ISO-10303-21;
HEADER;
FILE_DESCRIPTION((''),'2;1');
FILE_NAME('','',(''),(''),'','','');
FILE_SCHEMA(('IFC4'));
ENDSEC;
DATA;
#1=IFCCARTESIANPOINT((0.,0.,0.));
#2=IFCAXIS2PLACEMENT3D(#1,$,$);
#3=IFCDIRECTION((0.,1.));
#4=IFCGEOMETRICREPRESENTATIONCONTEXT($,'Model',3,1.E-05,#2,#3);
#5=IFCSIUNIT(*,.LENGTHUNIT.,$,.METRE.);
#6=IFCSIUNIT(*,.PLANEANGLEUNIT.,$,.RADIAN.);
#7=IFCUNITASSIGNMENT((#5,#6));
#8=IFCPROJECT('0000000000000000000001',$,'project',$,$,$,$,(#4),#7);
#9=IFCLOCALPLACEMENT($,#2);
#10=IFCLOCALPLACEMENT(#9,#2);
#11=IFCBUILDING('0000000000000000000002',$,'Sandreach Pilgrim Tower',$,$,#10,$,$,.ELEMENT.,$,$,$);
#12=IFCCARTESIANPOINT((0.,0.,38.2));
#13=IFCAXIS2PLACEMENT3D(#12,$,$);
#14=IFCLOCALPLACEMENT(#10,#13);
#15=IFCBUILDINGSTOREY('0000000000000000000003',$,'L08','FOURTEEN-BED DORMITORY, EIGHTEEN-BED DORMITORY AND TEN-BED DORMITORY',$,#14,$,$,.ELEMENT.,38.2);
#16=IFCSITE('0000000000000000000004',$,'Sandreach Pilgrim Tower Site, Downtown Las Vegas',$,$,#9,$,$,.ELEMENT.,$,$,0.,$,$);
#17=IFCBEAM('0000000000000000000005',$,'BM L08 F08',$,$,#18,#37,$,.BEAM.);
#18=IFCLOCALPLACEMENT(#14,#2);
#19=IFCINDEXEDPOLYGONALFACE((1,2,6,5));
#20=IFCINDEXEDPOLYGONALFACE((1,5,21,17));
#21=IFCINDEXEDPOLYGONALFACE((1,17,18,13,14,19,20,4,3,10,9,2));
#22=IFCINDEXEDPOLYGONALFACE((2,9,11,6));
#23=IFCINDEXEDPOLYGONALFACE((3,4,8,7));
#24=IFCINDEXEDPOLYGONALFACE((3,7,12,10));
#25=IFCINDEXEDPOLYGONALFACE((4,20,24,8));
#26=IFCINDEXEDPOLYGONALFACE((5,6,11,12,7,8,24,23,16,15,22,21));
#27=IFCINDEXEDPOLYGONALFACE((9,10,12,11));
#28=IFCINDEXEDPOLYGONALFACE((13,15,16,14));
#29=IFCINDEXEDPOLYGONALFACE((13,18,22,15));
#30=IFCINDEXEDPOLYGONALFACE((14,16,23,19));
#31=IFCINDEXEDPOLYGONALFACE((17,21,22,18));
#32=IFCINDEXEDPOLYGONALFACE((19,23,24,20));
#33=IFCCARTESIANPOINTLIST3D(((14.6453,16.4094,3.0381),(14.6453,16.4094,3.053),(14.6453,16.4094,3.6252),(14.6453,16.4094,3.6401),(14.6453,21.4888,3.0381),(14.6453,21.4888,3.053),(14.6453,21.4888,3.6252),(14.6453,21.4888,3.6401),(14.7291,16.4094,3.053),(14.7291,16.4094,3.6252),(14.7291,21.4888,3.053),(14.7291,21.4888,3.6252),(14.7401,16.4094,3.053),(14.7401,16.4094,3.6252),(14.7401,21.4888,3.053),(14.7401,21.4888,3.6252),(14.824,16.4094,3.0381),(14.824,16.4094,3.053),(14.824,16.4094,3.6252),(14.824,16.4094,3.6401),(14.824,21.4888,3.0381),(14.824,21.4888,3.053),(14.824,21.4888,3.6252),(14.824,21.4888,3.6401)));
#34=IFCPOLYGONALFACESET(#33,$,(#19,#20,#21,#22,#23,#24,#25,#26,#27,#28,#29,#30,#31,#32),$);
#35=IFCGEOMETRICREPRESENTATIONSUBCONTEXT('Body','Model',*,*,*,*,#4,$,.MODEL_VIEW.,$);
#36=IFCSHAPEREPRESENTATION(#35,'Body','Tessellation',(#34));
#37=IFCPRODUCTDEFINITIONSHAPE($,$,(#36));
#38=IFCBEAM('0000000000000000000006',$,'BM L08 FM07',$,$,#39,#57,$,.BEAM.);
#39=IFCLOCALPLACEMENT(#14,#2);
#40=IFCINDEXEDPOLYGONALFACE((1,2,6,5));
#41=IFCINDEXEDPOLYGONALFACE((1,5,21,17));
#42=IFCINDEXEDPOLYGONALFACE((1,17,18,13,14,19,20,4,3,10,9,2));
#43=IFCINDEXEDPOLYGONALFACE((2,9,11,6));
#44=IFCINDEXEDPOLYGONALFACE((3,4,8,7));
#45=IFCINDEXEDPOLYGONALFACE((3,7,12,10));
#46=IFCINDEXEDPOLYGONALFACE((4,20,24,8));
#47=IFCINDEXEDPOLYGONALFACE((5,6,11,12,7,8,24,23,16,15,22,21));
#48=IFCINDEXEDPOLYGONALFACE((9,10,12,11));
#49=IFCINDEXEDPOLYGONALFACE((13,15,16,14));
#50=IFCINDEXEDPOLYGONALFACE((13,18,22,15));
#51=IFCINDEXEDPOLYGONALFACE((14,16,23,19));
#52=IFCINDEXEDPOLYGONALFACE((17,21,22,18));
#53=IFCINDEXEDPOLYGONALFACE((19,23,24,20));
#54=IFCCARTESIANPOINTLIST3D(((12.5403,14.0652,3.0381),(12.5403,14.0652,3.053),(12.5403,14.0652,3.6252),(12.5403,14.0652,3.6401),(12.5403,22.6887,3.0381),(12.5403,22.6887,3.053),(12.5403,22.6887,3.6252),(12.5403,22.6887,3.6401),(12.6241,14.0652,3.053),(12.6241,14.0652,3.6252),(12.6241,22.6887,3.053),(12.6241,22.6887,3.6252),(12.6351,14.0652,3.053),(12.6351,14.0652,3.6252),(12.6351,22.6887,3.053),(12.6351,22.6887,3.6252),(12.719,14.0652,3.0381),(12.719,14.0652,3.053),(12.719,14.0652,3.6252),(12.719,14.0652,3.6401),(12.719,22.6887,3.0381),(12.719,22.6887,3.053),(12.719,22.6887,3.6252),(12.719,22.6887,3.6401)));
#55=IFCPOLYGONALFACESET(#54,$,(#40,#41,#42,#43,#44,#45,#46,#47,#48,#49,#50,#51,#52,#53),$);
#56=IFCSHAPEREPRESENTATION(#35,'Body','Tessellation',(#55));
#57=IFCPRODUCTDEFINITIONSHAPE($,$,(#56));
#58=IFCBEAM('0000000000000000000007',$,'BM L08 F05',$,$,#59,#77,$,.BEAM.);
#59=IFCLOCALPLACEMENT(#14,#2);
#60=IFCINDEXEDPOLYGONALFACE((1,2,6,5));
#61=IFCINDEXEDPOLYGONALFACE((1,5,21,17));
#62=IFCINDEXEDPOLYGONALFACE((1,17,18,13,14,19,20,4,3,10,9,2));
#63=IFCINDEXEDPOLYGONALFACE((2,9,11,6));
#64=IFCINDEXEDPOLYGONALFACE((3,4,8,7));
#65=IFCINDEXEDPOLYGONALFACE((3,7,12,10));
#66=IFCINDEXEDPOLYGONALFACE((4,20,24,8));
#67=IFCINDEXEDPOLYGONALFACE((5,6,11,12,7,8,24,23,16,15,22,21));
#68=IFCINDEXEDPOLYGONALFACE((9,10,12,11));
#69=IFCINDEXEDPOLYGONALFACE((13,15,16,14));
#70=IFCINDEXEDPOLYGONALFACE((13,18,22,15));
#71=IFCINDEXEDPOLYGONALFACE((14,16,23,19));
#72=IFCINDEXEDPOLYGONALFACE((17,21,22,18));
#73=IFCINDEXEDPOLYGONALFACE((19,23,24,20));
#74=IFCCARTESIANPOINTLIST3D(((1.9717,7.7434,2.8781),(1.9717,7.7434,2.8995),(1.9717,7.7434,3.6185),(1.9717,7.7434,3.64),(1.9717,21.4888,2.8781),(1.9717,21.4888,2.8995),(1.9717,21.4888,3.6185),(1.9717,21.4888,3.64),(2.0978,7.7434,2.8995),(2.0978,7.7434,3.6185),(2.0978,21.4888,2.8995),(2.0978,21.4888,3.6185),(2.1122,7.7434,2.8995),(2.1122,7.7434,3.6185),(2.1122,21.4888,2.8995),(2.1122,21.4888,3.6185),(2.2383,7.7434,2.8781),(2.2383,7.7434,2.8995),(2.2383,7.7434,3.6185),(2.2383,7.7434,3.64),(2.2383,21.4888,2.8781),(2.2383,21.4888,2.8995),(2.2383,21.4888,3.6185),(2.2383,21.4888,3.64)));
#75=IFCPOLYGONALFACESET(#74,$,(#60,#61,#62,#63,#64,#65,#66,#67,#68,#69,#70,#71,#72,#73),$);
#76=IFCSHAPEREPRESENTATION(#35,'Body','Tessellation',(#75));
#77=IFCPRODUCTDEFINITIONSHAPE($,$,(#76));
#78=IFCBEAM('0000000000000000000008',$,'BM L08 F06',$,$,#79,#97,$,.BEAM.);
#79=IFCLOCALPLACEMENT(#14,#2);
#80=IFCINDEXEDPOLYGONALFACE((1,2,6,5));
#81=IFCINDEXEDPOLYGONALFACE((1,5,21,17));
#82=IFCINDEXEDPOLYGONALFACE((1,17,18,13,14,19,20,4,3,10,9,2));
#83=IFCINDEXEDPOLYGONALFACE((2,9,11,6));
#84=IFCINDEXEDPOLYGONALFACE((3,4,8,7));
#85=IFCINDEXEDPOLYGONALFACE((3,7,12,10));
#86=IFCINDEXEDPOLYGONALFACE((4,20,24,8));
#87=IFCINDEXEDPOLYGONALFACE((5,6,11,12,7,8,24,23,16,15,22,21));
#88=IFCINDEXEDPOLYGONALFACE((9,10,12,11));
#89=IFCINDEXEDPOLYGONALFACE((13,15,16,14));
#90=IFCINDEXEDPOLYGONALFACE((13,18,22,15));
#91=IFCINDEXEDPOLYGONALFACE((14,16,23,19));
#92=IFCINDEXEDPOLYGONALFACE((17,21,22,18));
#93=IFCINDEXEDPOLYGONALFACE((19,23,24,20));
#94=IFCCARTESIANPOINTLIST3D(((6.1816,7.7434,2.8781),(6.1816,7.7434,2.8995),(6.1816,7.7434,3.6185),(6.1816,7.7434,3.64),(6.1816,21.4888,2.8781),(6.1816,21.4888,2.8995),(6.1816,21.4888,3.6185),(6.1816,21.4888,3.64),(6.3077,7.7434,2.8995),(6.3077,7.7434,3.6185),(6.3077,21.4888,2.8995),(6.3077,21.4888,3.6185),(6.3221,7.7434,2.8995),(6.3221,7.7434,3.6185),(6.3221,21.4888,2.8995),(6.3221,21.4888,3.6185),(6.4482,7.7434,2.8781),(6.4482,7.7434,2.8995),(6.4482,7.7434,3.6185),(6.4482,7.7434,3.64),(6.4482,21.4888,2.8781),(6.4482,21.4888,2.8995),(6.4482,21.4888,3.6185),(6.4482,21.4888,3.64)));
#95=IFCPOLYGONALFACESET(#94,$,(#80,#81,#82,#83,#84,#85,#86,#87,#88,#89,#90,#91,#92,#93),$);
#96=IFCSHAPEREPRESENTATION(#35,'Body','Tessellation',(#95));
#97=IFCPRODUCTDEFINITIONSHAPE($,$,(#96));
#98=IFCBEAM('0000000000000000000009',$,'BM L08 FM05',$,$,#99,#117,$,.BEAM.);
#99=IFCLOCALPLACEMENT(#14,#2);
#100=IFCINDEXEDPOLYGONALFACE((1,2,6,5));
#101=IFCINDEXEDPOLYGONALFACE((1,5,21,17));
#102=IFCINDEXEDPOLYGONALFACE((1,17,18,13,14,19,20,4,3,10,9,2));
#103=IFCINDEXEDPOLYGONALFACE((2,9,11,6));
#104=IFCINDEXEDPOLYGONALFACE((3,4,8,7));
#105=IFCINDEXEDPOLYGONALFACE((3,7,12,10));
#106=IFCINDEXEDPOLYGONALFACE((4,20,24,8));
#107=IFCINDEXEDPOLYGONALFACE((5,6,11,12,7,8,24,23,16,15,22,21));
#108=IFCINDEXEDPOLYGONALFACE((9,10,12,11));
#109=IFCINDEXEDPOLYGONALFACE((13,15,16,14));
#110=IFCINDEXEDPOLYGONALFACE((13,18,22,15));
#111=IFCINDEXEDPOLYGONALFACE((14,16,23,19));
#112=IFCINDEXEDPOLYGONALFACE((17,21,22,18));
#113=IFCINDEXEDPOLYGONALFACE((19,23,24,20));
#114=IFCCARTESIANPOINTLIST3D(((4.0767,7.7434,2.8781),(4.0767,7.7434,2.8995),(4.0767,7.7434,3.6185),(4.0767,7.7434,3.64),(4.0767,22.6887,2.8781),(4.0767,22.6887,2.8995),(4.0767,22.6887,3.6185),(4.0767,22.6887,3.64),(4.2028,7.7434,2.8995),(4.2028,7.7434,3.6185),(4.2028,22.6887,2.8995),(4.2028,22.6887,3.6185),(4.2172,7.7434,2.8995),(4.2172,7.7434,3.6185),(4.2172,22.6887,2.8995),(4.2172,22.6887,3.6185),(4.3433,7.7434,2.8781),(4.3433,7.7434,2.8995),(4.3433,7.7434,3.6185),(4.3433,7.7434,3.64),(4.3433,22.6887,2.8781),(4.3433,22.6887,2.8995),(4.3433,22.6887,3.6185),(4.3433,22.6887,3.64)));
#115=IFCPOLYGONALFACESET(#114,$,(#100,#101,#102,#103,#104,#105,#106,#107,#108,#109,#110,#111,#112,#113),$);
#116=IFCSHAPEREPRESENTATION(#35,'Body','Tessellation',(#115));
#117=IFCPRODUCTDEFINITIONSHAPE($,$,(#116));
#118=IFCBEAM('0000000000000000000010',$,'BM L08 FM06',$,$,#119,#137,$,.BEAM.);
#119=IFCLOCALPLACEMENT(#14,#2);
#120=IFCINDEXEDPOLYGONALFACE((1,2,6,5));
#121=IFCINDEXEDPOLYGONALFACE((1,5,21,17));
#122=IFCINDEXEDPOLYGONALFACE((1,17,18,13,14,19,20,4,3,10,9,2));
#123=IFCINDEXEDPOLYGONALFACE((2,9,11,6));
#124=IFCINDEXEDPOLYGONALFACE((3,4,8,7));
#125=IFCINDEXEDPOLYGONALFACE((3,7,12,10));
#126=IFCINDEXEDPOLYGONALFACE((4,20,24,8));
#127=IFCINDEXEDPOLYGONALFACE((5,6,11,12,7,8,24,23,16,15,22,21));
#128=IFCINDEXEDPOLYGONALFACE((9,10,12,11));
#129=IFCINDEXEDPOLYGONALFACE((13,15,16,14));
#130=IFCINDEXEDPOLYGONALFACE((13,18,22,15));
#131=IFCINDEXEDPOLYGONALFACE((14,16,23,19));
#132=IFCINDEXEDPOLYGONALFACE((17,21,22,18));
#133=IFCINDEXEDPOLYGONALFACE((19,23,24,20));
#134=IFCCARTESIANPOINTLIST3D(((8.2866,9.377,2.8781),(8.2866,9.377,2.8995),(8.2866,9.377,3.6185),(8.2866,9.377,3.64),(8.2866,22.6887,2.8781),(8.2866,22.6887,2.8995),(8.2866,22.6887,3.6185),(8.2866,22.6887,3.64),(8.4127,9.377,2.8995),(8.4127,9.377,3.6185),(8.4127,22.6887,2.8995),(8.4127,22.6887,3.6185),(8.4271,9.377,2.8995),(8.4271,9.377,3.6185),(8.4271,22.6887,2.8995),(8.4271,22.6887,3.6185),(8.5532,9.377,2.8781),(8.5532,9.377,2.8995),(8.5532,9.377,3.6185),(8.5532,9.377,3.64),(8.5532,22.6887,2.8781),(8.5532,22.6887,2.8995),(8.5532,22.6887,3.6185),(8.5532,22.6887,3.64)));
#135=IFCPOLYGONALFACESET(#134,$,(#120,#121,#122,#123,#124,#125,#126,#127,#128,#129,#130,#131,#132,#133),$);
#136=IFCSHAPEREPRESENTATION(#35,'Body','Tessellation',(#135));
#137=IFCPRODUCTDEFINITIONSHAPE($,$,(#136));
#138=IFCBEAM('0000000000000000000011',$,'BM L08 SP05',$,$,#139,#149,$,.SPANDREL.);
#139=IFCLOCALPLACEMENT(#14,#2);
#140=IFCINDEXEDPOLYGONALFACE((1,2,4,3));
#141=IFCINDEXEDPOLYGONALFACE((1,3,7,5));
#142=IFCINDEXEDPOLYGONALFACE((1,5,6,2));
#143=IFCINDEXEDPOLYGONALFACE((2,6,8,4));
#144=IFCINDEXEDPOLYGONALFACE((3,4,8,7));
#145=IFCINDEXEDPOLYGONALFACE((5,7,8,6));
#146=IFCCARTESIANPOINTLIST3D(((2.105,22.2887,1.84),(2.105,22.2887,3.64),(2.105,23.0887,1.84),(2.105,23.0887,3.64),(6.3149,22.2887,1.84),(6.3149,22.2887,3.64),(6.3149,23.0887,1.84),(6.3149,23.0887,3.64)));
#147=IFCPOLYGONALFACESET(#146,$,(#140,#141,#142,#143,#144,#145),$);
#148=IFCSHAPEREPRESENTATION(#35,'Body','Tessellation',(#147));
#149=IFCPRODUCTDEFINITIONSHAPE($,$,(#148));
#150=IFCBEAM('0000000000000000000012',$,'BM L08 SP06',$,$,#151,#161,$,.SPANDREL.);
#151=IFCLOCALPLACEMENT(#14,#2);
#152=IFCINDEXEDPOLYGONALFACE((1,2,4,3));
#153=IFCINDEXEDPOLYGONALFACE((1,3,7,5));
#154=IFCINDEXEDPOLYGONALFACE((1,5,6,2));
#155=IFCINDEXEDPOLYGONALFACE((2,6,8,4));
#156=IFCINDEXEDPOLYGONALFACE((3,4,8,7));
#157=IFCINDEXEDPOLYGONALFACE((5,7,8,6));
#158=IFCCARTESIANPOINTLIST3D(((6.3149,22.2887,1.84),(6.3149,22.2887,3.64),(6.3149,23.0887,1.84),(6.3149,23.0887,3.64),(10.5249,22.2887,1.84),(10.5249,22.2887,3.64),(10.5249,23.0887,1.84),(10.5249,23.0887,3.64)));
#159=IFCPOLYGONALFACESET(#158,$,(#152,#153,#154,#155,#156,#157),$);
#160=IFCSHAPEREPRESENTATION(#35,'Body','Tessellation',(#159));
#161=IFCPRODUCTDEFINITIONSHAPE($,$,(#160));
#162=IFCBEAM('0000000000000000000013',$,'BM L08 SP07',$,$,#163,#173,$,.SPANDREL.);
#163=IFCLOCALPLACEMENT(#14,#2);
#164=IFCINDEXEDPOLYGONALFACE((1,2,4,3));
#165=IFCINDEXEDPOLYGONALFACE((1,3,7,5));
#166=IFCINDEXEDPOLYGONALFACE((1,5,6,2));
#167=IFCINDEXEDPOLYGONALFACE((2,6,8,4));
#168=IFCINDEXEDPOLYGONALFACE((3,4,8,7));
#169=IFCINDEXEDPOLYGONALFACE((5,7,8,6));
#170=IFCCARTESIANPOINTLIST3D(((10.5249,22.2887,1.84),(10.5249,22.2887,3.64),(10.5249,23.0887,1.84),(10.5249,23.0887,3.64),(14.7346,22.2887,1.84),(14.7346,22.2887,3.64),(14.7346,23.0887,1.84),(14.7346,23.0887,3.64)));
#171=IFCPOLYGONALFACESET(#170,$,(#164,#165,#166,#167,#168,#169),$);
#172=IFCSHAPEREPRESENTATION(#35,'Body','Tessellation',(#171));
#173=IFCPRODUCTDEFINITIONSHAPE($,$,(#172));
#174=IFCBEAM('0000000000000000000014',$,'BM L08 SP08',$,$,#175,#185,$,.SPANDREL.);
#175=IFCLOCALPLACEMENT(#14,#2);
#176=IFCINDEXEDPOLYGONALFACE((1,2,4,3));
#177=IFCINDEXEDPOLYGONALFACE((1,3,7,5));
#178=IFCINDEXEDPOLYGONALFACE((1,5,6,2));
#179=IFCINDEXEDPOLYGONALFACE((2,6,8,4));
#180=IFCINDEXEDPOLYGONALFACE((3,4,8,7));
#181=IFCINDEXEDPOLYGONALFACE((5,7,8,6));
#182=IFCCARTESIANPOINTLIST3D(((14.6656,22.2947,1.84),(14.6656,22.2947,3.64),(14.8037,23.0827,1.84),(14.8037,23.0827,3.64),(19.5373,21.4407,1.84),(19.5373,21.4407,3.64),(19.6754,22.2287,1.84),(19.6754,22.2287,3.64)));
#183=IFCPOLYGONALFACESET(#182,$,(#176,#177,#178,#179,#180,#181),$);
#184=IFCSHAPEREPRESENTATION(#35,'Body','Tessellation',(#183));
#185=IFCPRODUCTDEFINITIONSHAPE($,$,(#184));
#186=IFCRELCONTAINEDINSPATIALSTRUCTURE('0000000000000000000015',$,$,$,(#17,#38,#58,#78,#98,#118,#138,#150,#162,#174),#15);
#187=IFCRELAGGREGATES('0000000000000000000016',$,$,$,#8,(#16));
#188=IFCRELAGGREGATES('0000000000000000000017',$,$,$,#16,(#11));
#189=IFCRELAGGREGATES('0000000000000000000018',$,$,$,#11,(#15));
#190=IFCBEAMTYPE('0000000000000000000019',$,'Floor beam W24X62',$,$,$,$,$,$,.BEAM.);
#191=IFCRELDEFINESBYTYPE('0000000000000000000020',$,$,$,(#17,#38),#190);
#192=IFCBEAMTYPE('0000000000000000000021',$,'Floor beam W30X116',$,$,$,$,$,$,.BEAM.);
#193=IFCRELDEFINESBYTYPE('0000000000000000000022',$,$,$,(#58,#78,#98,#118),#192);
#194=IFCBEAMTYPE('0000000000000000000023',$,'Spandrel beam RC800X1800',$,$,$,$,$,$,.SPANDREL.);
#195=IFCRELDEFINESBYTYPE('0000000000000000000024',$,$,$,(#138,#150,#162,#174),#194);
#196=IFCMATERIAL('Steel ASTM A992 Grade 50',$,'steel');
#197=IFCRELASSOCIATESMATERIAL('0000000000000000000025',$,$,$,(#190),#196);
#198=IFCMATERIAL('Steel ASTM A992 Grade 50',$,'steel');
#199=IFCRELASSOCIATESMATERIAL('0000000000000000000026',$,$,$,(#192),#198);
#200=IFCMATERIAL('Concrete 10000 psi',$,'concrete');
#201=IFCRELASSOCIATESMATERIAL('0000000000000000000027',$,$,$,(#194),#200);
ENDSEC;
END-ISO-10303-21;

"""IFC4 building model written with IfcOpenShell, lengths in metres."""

from ifc_helpers import new_model, si_unit, direction, frame, origin, origin_2d, place, context, subcontext, project, spatial, rectangle, i_section, extrude, material, material_profile, profile_set, type_object, element, save


model = new_model("IFC4")

# Units and contexts
model_context = context("Model", 3, precision=1e-05, world=origin(), true_north=direction((0.0, 1.0)))
body_context = subcontext(model_context, "Body", "Model", "MODEL_VIEW")
ifc_project = project(units=[si_unit("LENGTHUNIT", "METRE"), si_unit("PLANEANGLEUNIT", "RADIAN")], contexts=[model_context])

# Site, building, storey
site_placement = place(None, origin())
site = spatial("IfcSite", under=ifc_project, at=site_placement, Name="Sandreach Pilgrim Tower Site, Downtown Las Vegas", CompositionType="ELEMENT", RefElevation=0.0)
building_placement = place(site_placement, origin())
building = spatial("IfcBuilding", under=site, at=building_placement, Name="Sandreach Pilgrim Tower", CompositionType="ELEMENT")
storey_placement = place(building_placement, frame((0.0, 0.0, 38.2)))
storey = spatial("IfcBuildingStorey", under=building, at=storey_placement, Name="L08", Description="FOURTEEN-BED DORMITORY, EIGHTEEN-BED DORMITORY AND TEN-BED DORMITORY", CompositionType="ELEMENT", Elevation=38.2)

# Beams
ifc_material_1 = material(Name="Steel ASTM A992 Grade 50", Category="steel")
ifc_material_profile_1 = material_profile(ifc_material_1, i_section(OverallWidth=0.1787, OverallDepth=0.6021, WebThickness=0.011, FlangeThickness=0.0149, at=origin_2d()), Name="W24X62")
ifc_profile_set_1 = profile_set([ifc_material_profile_1], Name="Steel ASTM A992 Grade 50")
beam_type_1 = type_object("IfcBeamType", Name="Floor beam W24X62", PredefinedType="BEAM", material=ifc_profile_set_1)
beam_1_placement = place(storey_placement, frame((14.7346, 21.4888, 3.3391), z_axis=(0.0, -1.0, 0.0), x_axis=(1.0, 0.0, 0.0)))
element("IfcBeam", 1, at=beam_1_placement, inside=storey, type_object=beam_type_1, Name="BM L08 F08", PredefinedType="BEAM", context=body_context, shape_type="SweptSolid", body=[
    extrude(i_section(OverallWidth=0.1787, OverallDepth=0.6021, WebThickness=0.011, FlangeThickness=0.0149, at=origin_2d()), origin(), (0.0, 0.0, 1.0), 5.0793),
])
beam_2_placement = place(storey_placement, frame((12.6296, 22.6887, 3.3391), z_axis=(0.0, -1.0, 0.0), x_axis=(1.0, 0.0, 0.0)))
element("IfcBeam", 2, at=beam_2_placement, inside=storey, type_object=beam_type_1, Name="BM L08 FM07", PredefinedType="BEAM", context=body_context, shape_type="SweptSolid", body=[
    extrude(i_section(OverallWidth=0.1787, OverallDepth=0.6021, WebThickness=0.011, FlangeThickness=0.0149, at=origin_2d()), origin(), (0.0, 0.0, 1.0), 8.6235),
])
ifc_material_2 = material(Name="Steel ASTM A992 Grade 50", Category="steel")
ifc_material_profile_2 = material_profile(ifc_material_2, i_section(OverallWidth=0.2666, OverallDepth=0.762, WebThickness=0.0144, FlangeThickness=0.0215, at=origin_2d()), Name="W30X116")
ifc_profile_set_2 = profile_set([ifc_material_profile_2], Name="Steel ASTM A992 Grade 50")
beam_type_2 = type_object("IfcBeamType", Name="Floor beam W30X116", PredefinedType="BEAM", material=ifc_profile_set_2)
for number, where, z_axis, x_axis, name in (
    (3, (2.105, 21.4888, 3.259), (0.0, -1.0, 0.0), (1.0, 0.0, 0.0), "BM L08 F05"),
    (4, (6.3149, 21.4888, 3.259), (0.0, -1.0, 0.0), (1.0, 0.0, 0.0), "BM L08 F06"),
):
    element("IfcBeam", number, at=place(storey_placement, frame(where, z_axis=z_axis, x_axis=x_axis)), inside=storey, type_object=beam_type_2, Name=name, PredefinedType="BEAM", context=body_context, shape_type="SweptSolid", body=[
        extrude(i_section(OverallWidth=0.2666, OverallDepth=0.762, WebThickness=0.0144, FlangeThickness=0.0215, at=origin_2d()), origin(), (0.0, 0.0, 1.0), 13.7454),
    ])
beam_3_placement = place(storey_placement, frame((4.21, 22.6887, 3.259), z_axis=(0.0, -1.0, 0.0), x_axis=(1.0, 0.0, 0.0)))
element("IfcBeam", 5, at=beam_3_placement, inside=storey, type_object=beam_type_2, Name="BM L08 FM05", PredefinedType="BEAM", context=body_context, shape_type="SweptSolid", body=[
    extrude(i_section(OverallWidth=0.2666, OverallDepth=0.762, WebThickness=0.0144, FlangeThickness=0.0215, at=origin_2d()), origin(), (0.0, 0.0, 1.0), 14.9453),
])
beam_4_placement = place(storey_placement, frame((8.4199, 22.6887, 3.259), z_axis=(0.0, -1.0, 0.0), x_axis=(1.0, 0.0, 0.0)))
element("IfcBeam", 6, at=beam_4_placement, inside=storey, type_object=beam_type_2, Name="BM L08 FM06", PredefinedType="BEAM", context=body_context, shape_type="SweptSolid", body=[
    extrude(i_section(OverallWidth=0.2666, OverallDepth=0.762, WebThickness=0.0144, FlangeThickness=0.0215, at=origin_2d()), origin(), (0.0, 0.0, 1.0), 13.3118),
])
ifc_material_3 = material(Name="Concrete 10000 psi", Category="concrete")
ifc_material_profile_3 = material_profile(ifc_material_3, rectangle(XDim=0.8, YDim=1.8, at=origin_2d()), Name="RC800X1800")
ifc_profile_set_3 = profile_set([ifc_material_profile_3], Name="Concrete 10000 psi")
beam_type_3 = type_object("IfcBeamType", Name="Spandrel beam RC800X1800", PredefinedType="SPANDREL", material=ifc_profile_set_3)
for number, where, z_axis, x_axis, name in (
    (7, (2.105, 22.6887, 2.74), (1.0, 0.0, 0.0), (0.0, 1.0, 0.0), "BM L08 SP05"),
    (8, (6.3149, 22.6887, 2.74), (1.0, 0.0, 0.0), (0.0, 1.0, 0.0), "BM L08 SP06"),
):
    element("IfcBeam", number, at=place(storey_placement, frame(where, z_axis=z_axis, x_axis=x_axis)), inside=storey, type_object=beam_type_3, Name=name, PredefinedType="SPANDREL", context=body_context, shape_type="SweptSolid", body=[
        extrude(rectangle(XDim=0.8, YDim=1.8, at=origin_2d()), origin(), (0.0, 0.0, 1.0), 4.21),
    ])
beam_5_placement = place(storey_placement, frame((10.5249, 22.6887, 2.74), z_axis=(1.0, 0.0, 0.0), x_axis=(0.0, 1.0, 0.0)))
element("IfcBeam", 9, at=beam_5_placement, inside=storey, type_object=beam_type_3, Name="BM L08 SP07", PredefinedType="SPANDREL", context=body_context, shape_type="SweptSolid", body=[
    extrude(rectangle(XDim=0.8, YDim=1.8, at=origin_2d()), origin(), (0.0, 0.0, 1.0), 4.2097),
])
beam_6_placement = place(storey_placement, frame((14.7346, 22.6887, 2.74), z_axis=(0.984981, -0.172662, 0.0), x_axis=(0.172662, 0.984981, 0.0)))
element("IfcBeam", 10, at=beam_6_placement, inside=storey, type_object=beam_type_3, Name="BM L08 SP08", PredefinedType="SPANDREL", context=body_context, shape_type="SweptSolid", body=[
    extrude(rectangle(XDim=0.8, YDim=1.8, at=origin_2d()), origin(), (0.0, 0.0, 1.0), 4.946),
])

save(model, "model.ifc")
